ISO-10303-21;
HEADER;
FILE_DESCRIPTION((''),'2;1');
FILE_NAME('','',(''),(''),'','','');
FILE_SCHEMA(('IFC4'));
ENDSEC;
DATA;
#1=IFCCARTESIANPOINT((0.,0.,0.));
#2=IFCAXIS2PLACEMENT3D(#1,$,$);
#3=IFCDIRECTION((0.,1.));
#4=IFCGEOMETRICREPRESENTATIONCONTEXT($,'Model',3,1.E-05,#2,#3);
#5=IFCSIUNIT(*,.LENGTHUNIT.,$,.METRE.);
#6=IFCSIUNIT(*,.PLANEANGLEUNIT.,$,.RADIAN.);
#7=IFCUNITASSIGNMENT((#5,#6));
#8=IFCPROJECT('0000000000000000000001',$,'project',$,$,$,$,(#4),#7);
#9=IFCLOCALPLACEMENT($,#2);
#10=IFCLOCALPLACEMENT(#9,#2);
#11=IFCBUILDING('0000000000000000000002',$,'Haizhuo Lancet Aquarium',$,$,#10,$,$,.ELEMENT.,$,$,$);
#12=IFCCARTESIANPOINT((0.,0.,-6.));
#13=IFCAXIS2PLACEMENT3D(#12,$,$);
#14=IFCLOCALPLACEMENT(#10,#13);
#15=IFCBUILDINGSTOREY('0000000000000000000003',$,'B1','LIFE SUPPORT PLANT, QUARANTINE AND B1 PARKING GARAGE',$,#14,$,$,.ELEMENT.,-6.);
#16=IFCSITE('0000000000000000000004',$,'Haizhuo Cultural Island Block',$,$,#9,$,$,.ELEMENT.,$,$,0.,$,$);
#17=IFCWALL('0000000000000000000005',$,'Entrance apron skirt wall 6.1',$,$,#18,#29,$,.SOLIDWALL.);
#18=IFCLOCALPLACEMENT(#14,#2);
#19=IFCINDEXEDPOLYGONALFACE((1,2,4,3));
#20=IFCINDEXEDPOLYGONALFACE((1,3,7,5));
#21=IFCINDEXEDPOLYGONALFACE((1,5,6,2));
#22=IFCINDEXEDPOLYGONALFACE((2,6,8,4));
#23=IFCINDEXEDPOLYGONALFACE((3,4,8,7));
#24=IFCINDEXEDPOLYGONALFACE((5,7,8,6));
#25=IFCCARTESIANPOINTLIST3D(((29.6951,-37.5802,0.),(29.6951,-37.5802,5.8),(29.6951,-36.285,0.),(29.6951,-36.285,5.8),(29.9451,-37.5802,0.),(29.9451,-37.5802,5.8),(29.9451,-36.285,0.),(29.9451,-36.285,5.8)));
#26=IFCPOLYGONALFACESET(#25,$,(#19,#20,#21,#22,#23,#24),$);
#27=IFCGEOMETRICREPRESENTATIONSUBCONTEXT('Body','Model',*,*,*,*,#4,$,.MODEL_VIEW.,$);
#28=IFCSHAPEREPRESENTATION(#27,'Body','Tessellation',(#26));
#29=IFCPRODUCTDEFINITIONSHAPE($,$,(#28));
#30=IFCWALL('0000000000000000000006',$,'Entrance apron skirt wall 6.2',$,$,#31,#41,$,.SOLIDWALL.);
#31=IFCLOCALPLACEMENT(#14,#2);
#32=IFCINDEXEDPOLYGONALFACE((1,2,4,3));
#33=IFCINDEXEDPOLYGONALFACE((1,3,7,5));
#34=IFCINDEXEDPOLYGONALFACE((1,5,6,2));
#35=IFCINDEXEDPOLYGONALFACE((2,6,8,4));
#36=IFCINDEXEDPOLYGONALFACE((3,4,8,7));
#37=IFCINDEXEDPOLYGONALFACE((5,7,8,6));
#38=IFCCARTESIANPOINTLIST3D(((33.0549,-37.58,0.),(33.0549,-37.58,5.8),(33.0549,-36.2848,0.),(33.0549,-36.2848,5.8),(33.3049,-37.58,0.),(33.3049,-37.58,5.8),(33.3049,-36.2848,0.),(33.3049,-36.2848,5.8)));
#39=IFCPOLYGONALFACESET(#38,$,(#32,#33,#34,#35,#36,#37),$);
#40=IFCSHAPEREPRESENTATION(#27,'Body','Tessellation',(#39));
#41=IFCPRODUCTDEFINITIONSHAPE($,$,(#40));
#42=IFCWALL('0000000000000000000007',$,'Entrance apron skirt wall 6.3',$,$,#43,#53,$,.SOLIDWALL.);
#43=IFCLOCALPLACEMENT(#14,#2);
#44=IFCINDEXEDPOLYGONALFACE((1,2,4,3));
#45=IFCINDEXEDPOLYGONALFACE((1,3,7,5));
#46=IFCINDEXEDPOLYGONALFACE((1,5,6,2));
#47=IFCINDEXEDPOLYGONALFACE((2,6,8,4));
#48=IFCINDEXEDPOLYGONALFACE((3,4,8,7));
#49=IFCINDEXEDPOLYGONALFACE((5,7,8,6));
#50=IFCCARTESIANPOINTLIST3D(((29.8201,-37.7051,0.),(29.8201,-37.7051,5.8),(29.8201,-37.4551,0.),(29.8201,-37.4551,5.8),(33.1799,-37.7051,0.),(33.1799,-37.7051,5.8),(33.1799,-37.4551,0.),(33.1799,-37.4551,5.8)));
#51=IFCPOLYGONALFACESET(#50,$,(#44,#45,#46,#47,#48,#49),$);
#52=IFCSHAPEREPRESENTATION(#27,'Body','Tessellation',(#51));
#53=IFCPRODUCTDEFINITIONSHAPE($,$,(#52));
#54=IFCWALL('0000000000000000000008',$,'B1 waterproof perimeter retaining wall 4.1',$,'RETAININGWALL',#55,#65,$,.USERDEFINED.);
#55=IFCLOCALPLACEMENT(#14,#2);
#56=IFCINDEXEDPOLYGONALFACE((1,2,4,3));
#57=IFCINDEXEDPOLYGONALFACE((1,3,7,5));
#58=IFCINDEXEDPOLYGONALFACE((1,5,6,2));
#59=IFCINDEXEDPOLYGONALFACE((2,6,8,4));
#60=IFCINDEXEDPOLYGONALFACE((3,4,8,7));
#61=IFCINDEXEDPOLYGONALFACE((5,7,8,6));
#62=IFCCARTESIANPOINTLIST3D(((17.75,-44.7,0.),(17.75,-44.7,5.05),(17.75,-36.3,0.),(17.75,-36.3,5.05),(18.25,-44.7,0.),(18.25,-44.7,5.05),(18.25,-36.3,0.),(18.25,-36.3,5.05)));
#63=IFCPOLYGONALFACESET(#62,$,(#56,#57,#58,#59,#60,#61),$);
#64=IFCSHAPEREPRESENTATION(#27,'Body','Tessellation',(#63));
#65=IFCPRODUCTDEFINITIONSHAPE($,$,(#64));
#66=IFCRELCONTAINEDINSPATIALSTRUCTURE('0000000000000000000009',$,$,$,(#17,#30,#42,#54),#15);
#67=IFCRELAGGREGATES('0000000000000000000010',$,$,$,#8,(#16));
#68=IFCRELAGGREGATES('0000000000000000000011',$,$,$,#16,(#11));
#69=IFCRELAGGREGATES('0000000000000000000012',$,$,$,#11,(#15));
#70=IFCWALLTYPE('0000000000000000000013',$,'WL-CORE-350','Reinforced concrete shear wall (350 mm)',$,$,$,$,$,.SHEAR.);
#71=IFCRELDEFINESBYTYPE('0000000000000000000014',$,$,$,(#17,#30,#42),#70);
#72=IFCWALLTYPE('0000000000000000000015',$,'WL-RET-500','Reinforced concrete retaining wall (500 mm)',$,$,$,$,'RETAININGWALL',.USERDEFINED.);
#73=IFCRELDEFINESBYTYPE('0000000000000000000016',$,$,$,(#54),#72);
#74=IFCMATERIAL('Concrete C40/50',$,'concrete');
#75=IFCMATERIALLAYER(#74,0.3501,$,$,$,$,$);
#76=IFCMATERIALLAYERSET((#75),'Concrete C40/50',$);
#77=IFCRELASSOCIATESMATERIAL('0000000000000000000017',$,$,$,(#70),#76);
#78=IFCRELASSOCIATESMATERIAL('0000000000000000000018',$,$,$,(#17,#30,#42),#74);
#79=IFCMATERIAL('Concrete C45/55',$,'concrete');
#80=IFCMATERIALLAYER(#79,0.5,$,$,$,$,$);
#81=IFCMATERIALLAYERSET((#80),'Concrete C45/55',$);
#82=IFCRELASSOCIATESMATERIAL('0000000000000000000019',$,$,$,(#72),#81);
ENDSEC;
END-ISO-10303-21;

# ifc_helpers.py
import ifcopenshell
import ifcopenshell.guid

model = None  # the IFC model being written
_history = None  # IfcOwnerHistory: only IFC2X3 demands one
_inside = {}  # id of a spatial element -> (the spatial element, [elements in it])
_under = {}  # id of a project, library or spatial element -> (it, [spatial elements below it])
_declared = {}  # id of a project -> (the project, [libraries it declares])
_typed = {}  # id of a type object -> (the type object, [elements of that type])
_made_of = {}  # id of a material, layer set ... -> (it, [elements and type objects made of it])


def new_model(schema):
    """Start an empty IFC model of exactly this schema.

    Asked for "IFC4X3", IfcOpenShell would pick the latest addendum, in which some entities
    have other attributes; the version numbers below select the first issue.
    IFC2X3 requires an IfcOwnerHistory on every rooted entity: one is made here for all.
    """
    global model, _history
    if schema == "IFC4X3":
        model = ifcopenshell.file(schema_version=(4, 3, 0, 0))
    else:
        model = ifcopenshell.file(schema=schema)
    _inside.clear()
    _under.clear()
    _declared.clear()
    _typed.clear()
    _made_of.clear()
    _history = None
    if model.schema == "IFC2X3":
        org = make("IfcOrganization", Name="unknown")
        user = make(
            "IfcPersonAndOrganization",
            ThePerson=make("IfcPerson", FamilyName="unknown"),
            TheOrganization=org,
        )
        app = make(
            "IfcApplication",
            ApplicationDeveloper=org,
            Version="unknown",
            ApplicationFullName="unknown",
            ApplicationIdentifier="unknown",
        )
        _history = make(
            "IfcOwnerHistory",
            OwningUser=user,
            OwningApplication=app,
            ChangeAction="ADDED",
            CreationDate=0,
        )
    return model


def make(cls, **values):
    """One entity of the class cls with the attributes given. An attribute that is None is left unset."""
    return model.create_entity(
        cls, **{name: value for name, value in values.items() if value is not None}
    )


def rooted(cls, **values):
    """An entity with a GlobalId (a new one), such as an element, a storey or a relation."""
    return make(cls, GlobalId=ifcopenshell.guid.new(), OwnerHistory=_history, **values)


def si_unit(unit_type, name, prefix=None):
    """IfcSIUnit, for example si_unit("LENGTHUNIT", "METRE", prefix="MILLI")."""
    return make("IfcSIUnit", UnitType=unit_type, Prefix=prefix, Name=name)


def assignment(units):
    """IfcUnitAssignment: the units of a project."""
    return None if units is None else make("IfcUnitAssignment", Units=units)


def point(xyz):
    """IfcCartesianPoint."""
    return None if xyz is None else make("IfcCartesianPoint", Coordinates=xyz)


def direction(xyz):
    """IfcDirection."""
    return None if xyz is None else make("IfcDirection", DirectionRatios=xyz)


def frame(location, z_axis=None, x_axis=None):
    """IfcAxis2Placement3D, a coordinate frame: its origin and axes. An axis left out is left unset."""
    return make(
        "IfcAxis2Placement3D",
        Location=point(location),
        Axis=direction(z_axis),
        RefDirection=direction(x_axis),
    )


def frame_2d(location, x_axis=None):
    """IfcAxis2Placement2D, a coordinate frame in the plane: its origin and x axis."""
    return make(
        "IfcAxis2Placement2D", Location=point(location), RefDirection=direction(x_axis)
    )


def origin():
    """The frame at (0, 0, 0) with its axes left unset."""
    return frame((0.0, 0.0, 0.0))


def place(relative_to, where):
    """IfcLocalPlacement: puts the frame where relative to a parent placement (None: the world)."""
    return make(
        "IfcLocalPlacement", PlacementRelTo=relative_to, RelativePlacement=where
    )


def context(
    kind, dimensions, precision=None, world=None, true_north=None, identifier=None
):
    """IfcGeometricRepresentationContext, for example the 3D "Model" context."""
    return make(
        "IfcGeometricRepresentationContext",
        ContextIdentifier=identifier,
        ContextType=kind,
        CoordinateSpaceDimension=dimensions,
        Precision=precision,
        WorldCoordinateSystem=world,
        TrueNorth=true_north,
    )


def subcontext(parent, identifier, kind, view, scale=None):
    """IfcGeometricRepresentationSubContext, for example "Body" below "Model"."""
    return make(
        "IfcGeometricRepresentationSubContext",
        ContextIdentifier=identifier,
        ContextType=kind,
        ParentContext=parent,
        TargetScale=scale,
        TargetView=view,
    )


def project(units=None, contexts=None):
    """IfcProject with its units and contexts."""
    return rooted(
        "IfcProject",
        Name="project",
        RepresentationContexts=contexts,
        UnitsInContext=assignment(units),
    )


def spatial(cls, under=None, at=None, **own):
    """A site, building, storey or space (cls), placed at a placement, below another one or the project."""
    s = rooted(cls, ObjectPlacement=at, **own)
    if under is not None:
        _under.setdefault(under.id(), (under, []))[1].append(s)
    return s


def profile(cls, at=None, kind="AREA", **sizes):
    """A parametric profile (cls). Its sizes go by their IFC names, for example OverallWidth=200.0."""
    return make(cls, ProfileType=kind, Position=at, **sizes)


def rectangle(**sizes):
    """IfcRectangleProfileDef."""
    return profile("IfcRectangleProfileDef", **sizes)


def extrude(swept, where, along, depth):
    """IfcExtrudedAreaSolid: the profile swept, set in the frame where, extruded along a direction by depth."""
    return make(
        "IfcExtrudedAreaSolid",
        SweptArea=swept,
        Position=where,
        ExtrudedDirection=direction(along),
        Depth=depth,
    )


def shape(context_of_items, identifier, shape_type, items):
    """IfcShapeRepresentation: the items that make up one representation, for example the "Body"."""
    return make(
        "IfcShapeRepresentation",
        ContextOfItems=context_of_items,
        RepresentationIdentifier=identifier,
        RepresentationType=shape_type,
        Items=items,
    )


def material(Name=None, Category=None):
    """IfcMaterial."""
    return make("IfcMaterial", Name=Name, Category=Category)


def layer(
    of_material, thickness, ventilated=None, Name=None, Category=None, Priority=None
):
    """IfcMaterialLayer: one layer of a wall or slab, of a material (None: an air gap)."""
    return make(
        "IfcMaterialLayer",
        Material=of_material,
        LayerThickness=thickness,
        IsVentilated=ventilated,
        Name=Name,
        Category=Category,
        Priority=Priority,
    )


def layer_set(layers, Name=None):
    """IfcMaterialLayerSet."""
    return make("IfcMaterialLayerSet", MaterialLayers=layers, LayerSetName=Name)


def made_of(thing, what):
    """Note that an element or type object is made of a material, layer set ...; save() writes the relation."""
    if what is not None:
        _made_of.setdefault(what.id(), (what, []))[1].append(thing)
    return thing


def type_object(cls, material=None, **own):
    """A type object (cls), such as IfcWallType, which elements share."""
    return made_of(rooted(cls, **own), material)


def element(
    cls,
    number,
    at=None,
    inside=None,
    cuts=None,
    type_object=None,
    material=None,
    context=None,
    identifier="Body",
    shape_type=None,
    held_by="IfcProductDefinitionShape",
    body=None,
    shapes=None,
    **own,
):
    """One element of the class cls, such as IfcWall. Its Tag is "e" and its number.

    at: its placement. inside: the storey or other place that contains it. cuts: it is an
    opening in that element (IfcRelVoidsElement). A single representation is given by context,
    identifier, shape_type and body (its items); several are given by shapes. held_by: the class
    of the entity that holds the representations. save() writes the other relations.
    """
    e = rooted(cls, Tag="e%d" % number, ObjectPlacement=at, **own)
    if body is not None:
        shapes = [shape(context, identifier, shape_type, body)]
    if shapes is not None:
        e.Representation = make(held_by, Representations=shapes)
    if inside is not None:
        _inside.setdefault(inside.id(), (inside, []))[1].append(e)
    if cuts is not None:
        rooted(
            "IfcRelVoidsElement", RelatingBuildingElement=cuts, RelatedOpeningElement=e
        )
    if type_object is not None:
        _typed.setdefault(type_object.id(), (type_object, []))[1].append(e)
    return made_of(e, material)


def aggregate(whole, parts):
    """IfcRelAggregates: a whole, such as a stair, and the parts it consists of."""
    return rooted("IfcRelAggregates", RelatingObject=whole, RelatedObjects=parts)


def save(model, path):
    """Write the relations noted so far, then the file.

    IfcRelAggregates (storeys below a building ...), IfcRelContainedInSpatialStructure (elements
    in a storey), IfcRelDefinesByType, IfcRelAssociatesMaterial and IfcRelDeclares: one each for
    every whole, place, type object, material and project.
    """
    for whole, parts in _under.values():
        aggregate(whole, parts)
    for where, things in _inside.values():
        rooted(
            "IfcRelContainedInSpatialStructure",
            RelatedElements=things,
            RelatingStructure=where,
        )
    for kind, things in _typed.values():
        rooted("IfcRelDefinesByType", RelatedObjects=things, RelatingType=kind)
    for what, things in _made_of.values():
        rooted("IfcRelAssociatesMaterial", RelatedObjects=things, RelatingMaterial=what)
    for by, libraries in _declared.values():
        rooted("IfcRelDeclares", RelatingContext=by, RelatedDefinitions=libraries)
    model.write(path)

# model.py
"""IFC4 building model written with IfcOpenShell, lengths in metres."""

from ifc_helpers import new_model, si_unit, direction, frame, frame_2d, origin, place, context, subcontext, project, spatial, rectangle, extrude, material, layer, layer_set, type_object, element, save


model = new_model("IFC4")

# Units and contexts
model_context = context("Model", 3, precision=1e-05, world=origin(), true_north=direction((0.0, 1.0)))
body_context = subcontext(model_context, "Body", "Model", "MODEL_VIEW")
ifc_project = project(units=[si_unit("LENGTHUNIT", "METRE"), si_unit("PLANEANGLEUNIT", "RADIAN")], contexts=[model_context])

# Site, building, storey
site_placement = place(None, origin())
site = spatial("IfcSite", under=ifc_project, at=site_placement, Name="Haizhuo Cultural Island Block", CompositionType="ELEMENT", RefElevation=0.0)
building_placement = place(site_placement, origin())
building = spatial("IfcBuilding", under=site, at=building_placement, Name="Haizhuo Lancet Aquarium", CompositionType="ELEMENT")
storey_placement = place(building_placement, frame((0.0, 0.0, -6.0)))
storey = spatial("IfcBuildingStorey", under=building, at=storey_placement, Name="B1", Description="LIFE SUPPORT PLANT, QUARANTINE AND B1 PARKING GARAGE", CompositionType="ELEMENT", Elevation=-6.0)

# Shared definitions
ifc_material_1 = material(Name="Concrete C40/50", Category="concrete")

# Shared definitions
ifc_material_2 = material(Name="Concrete C45/55", Category="concrete")

# Walls
ifc_layer_1 = layer(ifc_material_1, 0.3501)
ifc_layer_set_1 = layer_set([ifc_layer_1], Name="Concrete C40/50")
wall_type_1 = type_object("IfcWallType", Name="WL-CORE-350", Description="Reinforced concrete shear wall (350 mm)", PredefinedType="SHEAR", material=ifc_layer_set_1)
for number, where, z_axis, x_axis, name in (
    (1, (29.8201, -37.5801, 0.0), (0.0, 0.0, 1.0), (0.0, 1.0, 0.0), "Entrance apron skirt wall 6.1"),
    (2, (33.1799, -36.2849, 0.0), (0.0, 0.0, 1.0), (0.0, -1.0, 0.0), "Entrance apron skirt wall 6.2"),
):
    element("IfcWall", number, at=place(storey_placement, frame(where, z_axis=z_axis, x_axis=x_axis)), inside=storey, type_object=wall_type_1, material=ifc_material_1, Name=name, PredefinedType="SOLIDWALL", context=body_context, shape_type="SweptSolid", body=[
        extrude(rectangle(XDim=1.2952, YDim=0.25, at=frame_2d((0.6475, 0.0))), origin(), (0.0, 0.0, 1.0), 5.8),
    ])
wall_1_placement = place(storey_placement, frame((33.1799, -37.5801, 0.0), z_axis=(0.0, 0.0, 1.0), x_axis=(-1.0, 0.0, 0.0)))
element("IfcWall", 3, at=wall_1_placement, inside=storey, type_object=wall_type_1, material=ifc_material_1, Name="Entrance apron skirt wall 6.3", PredefinedType="SOLIDWALL", context=body_context, shape_type="SweptSolid", body=[
    extrude(rectangle(XDim=3.3599, YDim=0.25, at=frame_2d((1.6799, 0.0))), origin(), (0.0, 0.0, 1.0), 5.8),
])
ifc_layer_2 = layer(ifc_material_2, 0.5)
ifc_layer_set_2 = layer_set([ifc_layer_2], Name="Concrete C45/55")
wall_type_2 = type_object("IfcWallType", Name="WL-RET-500", Description="Reinforced concrete retaining wall (500 mm)", ElementType="RETAININGWALL", PredefinedType="USERDEFINED", material=ifc_layer_set_2)
wall_2_placement = place(storey_placement, frame((18.0, -44.7, 0.0), z_axis=(0.0, 0.0, 1.0), x_axis=(0.0, 1.0, 0.0)))
element("IfcWall", 4, at=wall_2_placement, inside=storey, type_object=wall_type_2, Name="B1 waterproof perimeter retaining wall 4.1", ObjectType="RETAININGWALL", PredefinedType="USERDEFINED", context=body_context, shape_type="SweptSolid", body=[
    extrude(rectangle(XDim=8.3999, YDim=0.5, at=frame_2d((4.2, 0.0))), origin(), (0.0, 0.0, 1.0), 5.05),
])

save(model, "model.ifc")
